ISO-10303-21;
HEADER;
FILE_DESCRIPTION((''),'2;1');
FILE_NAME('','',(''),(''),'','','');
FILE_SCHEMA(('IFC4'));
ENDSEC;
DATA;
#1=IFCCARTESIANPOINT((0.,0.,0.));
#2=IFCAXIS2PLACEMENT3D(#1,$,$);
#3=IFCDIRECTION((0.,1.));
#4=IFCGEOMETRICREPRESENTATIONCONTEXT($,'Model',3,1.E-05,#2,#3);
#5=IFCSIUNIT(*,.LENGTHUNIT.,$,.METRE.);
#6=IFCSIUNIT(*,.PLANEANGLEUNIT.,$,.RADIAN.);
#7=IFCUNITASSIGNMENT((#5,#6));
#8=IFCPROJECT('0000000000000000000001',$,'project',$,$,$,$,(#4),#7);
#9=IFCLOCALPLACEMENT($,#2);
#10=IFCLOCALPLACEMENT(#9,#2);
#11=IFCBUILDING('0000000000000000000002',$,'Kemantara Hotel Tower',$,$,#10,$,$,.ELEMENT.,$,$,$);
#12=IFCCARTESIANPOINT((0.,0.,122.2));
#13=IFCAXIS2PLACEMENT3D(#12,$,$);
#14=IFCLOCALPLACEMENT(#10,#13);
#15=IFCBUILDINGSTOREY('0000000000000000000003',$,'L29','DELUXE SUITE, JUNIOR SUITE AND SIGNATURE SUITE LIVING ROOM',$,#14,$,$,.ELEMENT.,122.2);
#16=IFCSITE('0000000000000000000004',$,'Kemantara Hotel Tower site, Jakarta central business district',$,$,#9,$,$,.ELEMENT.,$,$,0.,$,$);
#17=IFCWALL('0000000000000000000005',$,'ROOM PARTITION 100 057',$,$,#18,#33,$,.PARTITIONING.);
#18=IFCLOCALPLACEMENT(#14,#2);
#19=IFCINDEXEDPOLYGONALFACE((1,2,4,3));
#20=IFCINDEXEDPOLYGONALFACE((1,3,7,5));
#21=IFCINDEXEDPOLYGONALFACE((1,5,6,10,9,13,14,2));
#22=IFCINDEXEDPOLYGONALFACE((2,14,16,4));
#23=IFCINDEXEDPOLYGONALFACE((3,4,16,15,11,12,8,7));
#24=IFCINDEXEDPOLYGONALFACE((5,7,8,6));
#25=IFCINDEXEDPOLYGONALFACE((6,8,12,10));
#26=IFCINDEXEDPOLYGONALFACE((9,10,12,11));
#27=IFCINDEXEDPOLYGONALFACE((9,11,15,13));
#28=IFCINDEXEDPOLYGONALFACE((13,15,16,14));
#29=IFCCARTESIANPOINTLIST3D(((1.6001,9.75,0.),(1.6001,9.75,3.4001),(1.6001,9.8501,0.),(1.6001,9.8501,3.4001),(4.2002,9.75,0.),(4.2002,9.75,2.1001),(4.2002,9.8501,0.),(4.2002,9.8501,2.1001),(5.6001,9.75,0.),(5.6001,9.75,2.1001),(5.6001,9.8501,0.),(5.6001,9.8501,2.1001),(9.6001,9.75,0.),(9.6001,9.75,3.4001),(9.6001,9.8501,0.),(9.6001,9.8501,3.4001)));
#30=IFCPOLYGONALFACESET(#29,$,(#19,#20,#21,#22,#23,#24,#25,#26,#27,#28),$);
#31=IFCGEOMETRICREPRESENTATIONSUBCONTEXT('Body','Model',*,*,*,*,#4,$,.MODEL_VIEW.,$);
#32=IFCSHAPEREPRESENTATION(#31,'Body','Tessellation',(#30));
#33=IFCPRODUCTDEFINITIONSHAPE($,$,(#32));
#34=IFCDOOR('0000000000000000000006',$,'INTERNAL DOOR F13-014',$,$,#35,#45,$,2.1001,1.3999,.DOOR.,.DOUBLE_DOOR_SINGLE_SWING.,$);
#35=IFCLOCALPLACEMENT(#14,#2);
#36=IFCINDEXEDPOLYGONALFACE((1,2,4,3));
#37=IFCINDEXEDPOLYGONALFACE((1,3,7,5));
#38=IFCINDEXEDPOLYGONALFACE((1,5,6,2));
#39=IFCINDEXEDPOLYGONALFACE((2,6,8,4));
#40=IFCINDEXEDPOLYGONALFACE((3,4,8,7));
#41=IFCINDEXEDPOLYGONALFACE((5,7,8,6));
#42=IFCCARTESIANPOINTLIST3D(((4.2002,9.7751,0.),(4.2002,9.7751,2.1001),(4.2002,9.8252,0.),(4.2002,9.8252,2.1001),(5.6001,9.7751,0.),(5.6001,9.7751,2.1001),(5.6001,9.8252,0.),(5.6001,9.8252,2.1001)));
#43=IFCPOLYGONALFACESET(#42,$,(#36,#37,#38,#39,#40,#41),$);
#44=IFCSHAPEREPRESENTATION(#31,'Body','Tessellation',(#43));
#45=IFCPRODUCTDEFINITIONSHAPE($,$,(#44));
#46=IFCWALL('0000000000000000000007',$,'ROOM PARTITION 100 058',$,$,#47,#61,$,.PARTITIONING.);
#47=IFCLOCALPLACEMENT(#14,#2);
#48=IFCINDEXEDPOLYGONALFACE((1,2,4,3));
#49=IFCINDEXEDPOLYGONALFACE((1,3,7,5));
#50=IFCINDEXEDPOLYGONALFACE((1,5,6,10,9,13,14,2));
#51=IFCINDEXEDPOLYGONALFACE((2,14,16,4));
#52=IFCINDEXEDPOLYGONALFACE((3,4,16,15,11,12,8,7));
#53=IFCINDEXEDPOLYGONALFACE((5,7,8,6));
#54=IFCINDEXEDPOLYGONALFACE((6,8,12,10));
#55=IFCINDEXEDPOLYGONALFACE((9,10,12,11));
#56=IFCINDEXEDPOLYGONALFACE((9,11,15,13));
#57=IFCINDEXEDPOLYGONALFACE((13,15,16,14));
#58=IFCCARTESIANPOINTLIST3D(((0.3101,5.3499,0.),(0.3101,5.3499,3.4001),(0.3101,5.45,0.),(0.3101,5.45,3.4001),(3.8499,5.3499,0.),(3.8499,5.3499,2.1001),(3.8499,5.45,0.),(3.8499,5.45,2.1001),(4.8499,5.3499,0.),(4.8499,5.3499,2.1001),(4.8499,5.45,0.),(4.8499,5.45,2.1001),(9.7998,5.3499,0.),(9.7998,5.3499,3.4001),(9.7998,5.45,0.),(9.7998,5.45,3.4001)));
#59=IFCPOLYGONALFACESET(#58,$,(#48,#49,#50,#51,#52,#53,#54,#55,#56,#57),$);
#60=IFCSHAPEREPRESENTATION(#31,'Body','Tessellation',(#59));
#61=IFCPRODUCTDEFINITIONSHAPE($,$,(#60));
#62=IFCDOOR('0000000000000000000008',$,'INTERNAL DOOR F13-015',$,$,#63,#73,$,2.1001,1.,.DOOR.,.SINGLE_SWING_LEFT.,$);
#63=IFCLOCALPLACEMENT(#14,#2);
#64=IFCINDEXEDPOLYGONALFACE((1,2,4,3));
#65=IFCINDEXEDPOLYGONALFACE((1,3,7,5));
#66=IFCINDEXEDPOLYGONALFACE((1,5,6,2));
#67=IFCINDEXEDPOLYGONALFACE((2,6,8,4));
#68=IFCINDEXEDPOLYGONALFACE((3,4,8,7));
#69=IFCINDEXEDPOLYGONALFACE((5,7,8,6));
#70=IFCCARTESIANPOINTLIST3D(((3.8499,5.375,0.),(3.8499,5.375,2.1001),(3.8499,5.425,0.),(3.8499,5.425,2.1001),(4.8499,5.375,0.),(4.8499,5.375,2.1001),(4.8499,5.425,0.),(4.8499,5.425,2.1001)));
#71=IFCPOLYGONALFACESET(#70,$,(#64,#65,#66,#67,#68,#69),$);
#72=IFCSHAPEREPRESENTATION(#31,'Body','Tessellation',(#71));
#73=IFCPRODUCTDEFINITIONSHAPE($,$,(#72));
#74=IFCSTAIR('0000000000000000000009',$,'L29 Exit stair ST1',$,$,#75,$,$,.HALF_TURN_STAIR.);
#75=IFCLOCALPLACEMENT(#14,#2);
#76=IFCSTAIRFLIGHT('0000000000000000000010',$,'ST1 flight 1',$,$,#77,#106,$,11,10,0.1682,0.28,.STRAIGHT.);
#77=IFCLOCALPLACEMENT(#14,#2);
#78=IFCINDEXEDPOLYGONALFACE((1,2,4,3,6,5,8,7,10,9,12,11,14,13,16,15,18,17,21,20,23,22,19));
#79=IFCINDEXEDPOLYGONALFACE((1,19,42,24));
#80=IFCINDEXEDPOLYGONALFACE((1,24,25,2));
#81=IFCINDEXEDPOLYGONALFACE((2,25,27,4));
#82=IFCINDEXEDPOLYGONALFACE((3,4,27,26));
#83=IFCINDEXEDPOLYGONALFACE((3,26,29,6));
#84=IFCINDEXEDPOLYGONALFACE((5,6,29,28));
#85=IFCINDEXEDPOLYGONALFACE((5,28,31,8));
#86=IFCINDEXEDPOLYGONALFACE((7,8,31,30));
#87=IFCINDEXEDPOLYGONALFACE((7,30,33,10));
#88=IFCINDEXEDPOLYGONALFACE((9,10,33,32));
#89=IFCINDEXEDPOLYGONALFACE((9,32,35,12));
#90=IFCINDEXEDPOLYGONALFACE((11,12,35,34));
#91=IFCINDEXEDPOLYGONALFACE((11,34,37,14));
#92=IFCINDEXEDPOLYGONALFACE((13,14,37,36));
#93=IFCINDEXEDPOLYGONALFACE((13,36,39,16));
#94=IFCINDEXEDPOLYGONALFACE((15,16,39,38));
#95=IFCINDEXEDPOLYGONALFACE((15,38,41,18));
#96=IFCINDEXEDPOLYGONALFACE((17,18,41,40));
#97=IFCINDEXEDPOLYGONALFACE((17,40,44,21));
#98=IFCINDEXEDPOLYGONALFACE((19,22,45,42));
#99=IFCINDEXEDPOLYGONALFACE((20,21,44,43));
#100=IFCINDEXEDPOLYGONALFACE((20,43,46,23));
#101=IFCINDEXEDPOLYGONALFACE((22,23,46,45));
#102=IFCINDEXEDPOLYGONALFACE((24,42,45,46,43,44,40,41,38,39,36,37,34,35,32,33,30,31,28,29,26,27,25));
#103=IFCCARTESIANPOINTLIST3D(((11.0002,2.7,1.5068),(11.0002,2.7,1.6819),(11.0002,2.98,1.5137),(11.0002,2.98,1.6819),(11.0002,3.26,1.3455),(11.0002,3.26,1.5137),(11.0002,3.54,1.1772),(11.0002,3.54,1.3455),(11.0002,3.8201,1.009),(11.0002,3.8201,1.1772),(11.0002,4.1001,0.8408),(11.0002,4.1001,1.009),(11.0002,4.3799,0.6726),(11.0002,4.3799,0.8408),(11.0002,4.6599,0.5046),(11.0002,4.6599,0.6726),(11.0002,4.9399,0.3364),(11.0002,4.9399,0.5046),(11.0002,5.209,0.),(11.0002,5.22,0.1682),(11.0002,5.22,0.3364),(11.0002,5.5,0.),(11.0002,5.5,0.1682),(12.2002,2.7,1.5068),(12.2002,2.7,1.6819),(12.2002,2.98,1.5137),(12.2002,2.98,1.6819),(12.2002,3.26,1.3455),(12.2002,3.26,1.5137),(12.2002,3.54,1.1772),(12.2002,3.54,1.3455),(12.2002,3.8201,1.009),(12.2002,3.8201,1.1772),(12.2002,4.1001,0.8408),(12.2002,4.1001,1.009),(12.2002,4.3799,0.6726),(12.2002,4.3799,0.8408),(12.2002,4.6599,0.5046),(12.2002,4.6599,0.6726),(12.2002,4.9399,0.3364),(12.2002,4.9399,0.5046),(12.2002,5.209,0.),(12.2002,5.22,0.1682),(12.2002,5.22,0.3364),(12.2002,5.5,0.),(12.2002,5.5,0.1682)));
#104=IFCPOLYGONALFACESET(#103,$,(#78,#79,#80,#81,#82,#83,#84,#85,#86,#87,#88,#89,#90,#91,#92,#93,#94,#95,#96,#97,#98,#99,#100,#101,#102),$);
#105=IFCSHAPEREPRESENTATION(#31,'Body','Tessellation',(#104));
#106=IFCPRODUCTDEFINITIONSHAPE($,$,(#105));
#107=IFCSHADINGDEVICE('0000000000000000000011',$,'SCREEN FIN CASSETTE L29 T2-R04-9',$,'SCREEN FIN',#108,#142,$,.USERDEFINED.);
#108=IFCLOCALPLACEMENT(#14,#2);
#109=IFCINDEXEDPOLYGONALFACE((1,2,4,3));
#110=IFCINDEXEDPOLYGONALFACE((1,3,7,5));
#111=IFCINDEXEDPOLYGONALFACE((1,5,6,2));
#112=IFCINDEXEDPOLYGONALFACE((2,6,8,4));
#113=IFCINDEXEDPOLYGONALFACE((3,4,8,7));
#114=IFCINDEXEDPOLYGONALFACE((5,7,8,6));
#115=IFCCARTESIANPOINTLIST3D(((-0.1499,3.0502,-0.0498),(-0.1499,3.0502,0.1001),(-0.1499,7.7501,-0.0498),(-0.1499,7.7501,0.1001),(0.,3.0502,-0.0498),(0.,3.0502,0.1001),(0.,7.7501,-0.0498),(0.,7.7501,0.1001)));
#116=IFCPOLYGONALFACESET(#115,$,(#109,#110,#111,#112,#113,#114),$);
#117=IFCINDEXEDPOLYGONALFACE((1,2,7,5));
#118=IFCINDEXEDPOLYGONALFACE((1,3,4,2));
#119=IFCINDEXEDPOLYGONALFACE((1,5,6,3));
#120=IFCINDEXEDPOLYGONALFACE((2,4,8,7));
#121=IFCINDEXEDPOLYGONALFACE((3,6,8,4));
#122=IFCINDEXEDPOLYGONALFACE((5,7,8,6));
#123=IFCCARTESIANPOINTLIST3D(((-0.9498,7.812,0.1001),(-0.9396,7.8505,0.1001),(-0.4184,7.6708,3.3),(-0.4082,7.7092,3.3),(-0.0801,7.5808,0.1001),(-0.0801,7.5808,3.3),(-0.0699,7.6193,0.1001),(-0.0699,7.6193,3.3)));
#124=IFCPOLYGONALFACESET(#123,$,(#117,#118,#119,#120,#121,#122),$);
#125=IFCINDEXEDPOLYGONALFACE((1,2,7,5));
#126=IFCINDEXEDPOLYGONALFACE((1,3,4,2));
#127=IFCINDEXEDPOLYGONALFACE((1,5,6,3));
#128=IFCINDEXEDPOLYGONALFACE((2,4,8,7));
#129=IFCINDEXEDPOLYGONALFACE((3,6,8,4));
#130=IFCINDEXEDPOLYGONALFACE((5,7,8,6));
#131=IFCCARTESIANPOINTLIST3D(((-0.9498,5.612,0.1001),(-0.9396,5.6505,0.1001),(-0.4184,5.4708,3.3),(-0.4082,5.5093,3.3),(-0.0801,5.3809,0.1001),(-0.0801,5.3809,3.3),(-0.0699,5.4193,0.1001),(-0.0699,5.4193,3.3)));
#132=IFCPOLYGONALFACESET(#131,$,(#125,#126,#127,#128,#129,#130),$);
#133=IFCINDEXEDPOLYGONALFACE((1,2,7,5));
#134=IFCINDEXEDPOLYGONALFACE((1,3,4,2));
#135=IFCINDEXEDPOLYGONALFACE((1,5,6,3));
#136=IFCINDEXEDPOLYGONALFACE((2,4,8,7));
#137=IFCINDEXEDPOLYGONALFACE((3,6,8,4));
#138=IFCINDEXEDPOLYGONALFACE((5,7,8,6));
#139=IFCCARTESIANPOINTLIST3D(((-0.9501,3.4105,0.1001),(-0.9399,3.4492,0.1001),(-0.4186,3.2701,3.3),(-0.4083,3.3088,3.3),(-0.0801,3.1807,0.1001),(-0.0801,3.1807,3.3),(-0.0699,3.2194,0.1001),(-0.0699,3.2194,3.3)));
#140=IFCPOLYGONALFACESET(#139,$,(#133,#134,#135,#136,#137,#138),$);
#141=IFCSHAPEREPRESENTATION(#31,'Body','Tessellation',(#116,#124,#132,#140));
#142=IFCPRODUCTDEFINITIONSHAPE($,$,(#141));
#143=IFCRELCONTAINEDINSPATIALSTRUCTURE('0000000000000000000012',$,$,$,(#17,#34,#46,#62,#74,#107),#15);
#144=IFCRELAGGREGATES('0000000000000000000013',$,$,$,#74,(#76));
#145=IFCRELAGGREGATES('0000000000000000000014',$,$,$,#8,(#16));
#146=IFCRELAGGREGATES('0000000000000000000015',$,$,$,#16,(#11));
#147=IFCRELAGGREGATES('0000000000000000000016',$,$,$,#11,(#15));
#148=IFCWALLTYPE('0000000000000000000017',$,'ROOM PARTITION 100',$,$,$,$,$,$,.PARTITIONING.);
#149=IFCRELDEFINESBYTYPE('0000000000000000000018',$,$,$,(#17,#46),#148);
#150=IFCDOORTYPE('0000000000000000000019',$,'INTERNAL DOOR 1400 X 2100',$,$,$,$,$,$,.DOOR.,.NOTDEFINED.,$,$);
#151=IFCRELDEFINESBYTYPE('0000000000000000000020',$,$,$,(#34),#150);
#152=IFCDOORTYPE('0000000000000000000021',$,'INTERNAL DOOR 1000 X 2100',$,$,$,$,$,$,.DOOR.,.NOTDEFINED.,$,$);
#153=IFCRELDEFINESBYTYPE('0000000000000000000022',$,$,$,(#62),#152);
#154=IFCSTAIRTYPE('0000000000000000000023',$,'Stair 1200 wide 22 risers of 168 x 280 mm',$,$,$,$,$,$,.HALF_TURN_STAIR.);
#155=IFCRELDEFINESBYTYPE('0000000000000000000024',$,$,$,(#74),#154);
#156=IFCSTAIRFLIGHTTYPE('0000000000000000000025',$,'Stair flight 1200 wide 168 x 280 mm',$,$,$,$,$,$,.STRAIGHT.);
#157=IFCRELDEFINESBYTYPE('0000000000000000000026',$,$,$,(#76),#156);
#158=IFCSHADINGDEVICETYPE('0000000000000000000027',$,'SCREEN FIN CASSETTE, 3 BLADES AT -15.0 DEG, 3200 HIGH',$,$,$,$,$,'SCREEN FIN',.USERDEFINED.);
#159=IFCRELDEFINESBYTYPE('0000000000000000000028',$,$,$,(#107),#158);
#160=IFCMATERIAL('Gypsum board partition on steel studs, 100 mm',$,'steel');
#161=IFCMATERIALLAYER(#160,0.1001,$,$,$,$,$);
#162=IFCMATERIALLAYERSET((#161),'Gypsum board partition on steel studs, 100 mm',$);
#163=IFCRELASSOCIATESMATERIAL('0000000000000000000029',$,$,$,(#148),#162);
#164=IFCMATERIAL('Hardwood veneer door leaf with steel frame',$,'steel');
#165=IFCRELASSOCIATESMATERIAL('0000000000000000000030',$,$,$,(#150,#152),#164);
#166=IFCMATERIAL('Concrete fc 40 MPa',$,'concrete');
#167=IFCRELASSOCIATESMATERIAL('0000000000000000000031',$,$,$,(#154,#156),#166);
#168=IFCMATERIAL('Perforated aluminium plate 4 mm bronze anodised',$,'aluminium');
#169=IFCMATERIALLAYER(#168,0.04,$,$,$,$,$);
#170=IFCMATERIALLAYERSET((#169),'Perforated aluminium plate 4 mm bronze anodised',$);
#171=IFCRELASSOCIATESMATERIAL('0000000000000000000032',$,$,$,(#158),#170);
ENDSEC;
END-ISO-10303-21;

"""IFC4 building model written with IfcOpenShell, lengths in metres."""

from ifc_helpers import new_model, si_unit, direction, frame, frame_2d, origin, origin_2d, place, context, subcontext, project, spatial, polyline, rectangle, outline, extrude, source, transform, mapped, material, layer, layer_set, type_object, element, fill, aggregate, save


model = new_model("IFC4")

# Units and contexts
model_context = context("Model", 3, precision=1e-05, world=origin(), true_north=direction((0.0, 1.0)))
body_context = subcontext(model_context, "Body", "Model", "MODEL_VIEW")
ifc_project = project(units=[si_unit("LENGTHUNIT", "METRE"), si_unit("PLANEANGLEUNIT", "RADIAN")], contexts=[model_context])

# Site, building, storey
site_placement = place(None, origin())
site = spatial("IfcSite", under=ifc_project, at=site_placement, Name="Kemantara Hotel Tower site, Jakarta central business district", CompositionType="ELEMENT", RefElevation=0.0)
building_placement = place(site_placement, origin())
building = spatial("IfcBuilding", under=site, at=building_placement, Name="Kemantara Hotel Tower", CompositionType="ELEMENT")
storey_placement = place(building_placement, frame((0.0, 0.0, 122.2)))
storey = spatial("IfcBuildingStorey", under=building, at=storey_placement, Name="L29", Description="DELUXE SUITE, JUNIOR SUITE AND SIGNATURE SUITE LIVING ROOM", CompositionType="ELEMENT", Elevation=122.2)

# Walls, openings, doors
ifc_material_1 = material(Name="Gypsum board partition on steel studs, 100 mm", Category="steel")
ifc_layer_1 = layer(ifc_material_1, 0.1001)
ifc_layer_set_1 = layer_set([ifc_layer_1], Name="Gypsum board partition on steel studs, 100 mm")
wall_type_1 = type_object("IfcWallType", Name="ROOM PARTITION 100", PredefinedType="PARTITIONING", material=ifc_layer_set_1)
wall_1_placement = place(storey_placement, frame((9.6001, 9.8, 0.0), z_axis=(0.0, 0.0, 1.0), x_axis=(-1.0, 0.0, 0.0)))
wall_1 = element("IfcWall", 1, at=wall_1_placement, inside=storey, type_object=wall_type_1, Name="ROOM PARTITION 100 057", PredefinedType="PARTITIONING", context=body_context, shape_type="SweptSolid", body=[
    extrude(rectangle(XDim=8.0, YDim=0.1001, at=frame_2d((4.0, 0.0))), origin(), (0.0, 0.0, 1.0), 3.4001),
])
opening_1_placement = place(wall_1_placement, frame((4.0, 0.0, 0.0)))
opening_1 = element("IfcOpeningElement", 2, at=opening_1_placement, cuts=wall_1, PredefinedType="OPENING", context=body_context, shape_type="SweptSolid", body=[
    extrude(rectangle(XDim=1.3999, YDim=2.1001, at=frame_2d((0.7, 1.05))), frame((0.0, 0.0601, 0.0), z_axis=(0.0, -1.0, 0.0), x_axis=(1.0, 0.0, 0.0)), (0.0, 0.0, 1.0), 0.1201),
])
ifc_material_2 = material(Name="Hardwood veneer door leaf with steel frame", Category="steel")
door_type_1 = type_object("IfcDoorType", Name="INTERNAL DOOR 1400 X 2100", OperationType="NOTDEFINED", PredefinedType="DOOR", material=ifc_material_2)
door_1_placement = place(opening_1_placement, origin())
door_1 = element("IfcDoor", 3, at=door_1_placement, inside=storey, type_object=door_type_1, Name="INTERNAL DOOR F13-014", OperationType="DOUBLE_DOOR_SINGLE_SWING", OverallHeight=2.1001, OverallWidth=1.3999, PredefinedType="DOOR", context=body_context, shape_type="SweptSolid", body=[
    extrude(rectangle(XDim=1.3999, YDim=2.1001, at=frame_2d((0.7, 1.05))), frame((0.0, 0.0249, 0.0), z_axis=(0.0, -1.0, 0.0), x_axis=(1.0, 0.0, 0.0)), (0.0, 0.0, 1.0), 0.05),
])
fill(opening_1, door_1)
wall_2_placement = place(storey_placement, frame((9.7998, 5.3999, 0.0), z_axis=(0.0, 0.0, 1.0), x_axis=(-1.0, 0.0, 0.0)))
wall_2 = element("IfcWall", 4, at=wall_2_placement, inside=storey, type_object=wall_type_1, Name="ROOM PARTITION 100 058", PredefinedType="PARTITIONING", context=body_context, shape_type="SweptSolid", body=[
    extrude(rectangle(XDim=9.4897, YDim=0.1001, at=frame_2d((4.7449, 0.0))), origin(), (0.0, 0.0, 1.0), 3.4001),
])
opening_2_placement = place(wall_2_placement, frame((4.95, 0.0, 0.0)))
opening_2 = element("IfcOpeningElement", 5, at=opening_2_placement, cuts=wall_2, PredefinedType="OPENING", context=body_context, shape_type="SweptSolid", body=[
    extrude(rectangle(XDim=1.0, YDim=2.1001, at=frame_2d((0.5, 1.05))), frame((0.0, 0.0601, 0.0), z_axis=(0.0, -1.0, 0.0), x_axis=(1.0, 0.0, 0.0)), (0.0, 0.0, 1.0), 0.1201),
])
door_type_2 = type_object("IfcDoorType", Name="INTERNAL DOOR 1000 X 2100", OperationType="NOTDEFINED", PredefinedType="DOOR", material=ifc_material_2)
door_2_placement = place(opening_2_placement, origin())
door_2 = element("IfcDoor", 6, at=door_2_placement, inside=storey, type_object=door_type_2, Name="INTERNAL DOOR F13-015", OperationType="SINGLE_SWING_LEFT", OverallHeight=2.1001, OverallWidth=1.0, PredefinedType="DOOR", context=body_context, shape_type="SweptSolid", body=[
    extrude(rectangle(XDim=1.0, YDim=2.1001, at=frame_2d((0.5, 1.05))), frame((0.0, 0.0249, 0.0), z_axis=(0.0, -1.0, 0.0), x_axis=(1.0, 0.0, 0.0)), (0.0, 0.0, 1.0), 0.05),
])
fill(opening_2, door_2)

# Stair, stair flight
ifc_material_3 = material(Name="Concrete fc 40 MPa", Category="concrete")
stair_type = type_object("IfcStairType", Name="Stair 1200 wide 22 risers of 168 x 280 mm", PredefinedType="HALF_TURN_STAIR", material=ifc_material_3)
stair_placement = place(storey_placement, origin())
stair = element("IfcStair", 7, at=stair_placement, inside=storey, type_object=stair_type, Name="L29 Exit stair ST1", PredefinedType="HALF_TURN_STAIR")
stair_flight_type = type_object("IfcStairFlightType", Name="Stair flight 1200 wide 168 x 280 mm", PredefinedType="STRAIGHT", material=ifc_material_3)
stair_flight_placement = place(storey_placement, frame((11.6001, 5.5, 0.0), z_axis=(0.0, 0.0, 1.0), x_axis=(0.0, -1.0, 0.0)))
stair_flight = element("IfcStairFlight", 8, at=stair_flight_placement, type_object=stair_flight_type, Name="ST1 flight 1", NumberOfRisers=11, NumberOfTreads=10, PredefinedType="STRAIGHT", RiserHeight=0.1682, TreadLength=0.28, context=body_context, shape_type="SweptSolid", body=[
    extrude(outline(polyline([(0.0, 0.0), (0.0, 0.1682), (0.28, 0.1682), (0.28, 0.3364), (0.5601, 0.3364), (0.5601, 0.5046), (0.8401, 0.5046), (0.8401, 0.6726), (1.1201, 0.6726), (1.1201, 0.8408), (1.3999, 0.8408), (1.3999, 1.009), (1.6799, 1.009), (1.6799, 1.1772), (1.96, 1.1772), (1.96, 1.3455), (2.24, 1.3455), (2.24, 1.5137), (2.52, 1.5137), (2.52, 1.6819), (2.8, 1.6819), (2.8, 1.8501), (2.8, 1.5068), (0.291, 0.0), (0.0, 0.0)])), frame((0.0, 0.6001, 0.0), z_axis=(0.0, -1.0, 0.0), x_axis=(1.0, 0.0, 0.0)), (0.0, 0.0, 1.0), 1.2),
])
aggregate(stair, [stair_flight])

# Shading device
ifc_material_4 = material(Name="Perforated aluminium plate 4 mm bronze anodised", Category="aluminium")
ifc_layer_2 = layer(ifc_material_4, 0.04)
ifc_layer_set_2 = layer_set([ifc_layer_2], Name="Perforated aluminium plate 4 mm bronze anodised")
shading_device_type = type_object("IfcShadingDeviceType", Name="SCREEN FIN CASSETTE, 3 BLADES AT -15.0 DEG, 3200 HIGH", ElementType="SCREEN FIN", PredefinedType="USERDEFINED", material=ifc_layer_set_2)
shared_shape = source(origin(), body_context, "Body", "SweptSolid", [
    extrude(rectangle(XDim=4.7, YDim=0.1499, at=origin_2d()), frame((2.2, -0.075, -0.1499), z_axis=(0.0, 0.0, 1.0), x_axis=(1.0, 0.0, 0.0)), (0.0, 0.0, 1.0), 0.1499),
    extrude(outline(polyline([(0.0, 0.0), (0.8999, 0.0), (0.3501, 3.2), (0.0, 3.2), (0.0, 0.0)])), frame((0.0193, -0.0801, 0.0), z_axis=(-0.966438, 0.256901, 0.0), x_axis=(-0.256901, -0.966438, 0.0)), (0.0, 0.0, 1.0), 0.0398),
    extrude(outline(polyline([(0.0, 0.0), (0.8999, 0.0), (0.3501, 3.2), (0.0, 3.2), (0.0, 0.0)])), frame((2.2192, -0.0801, 0.0), z_axis=(-0.966438, 0.256901, 0.0), x_axis=(-0.256901, -0.966438, 0.0)), (0.0, 0.0, 1.0), 0.0398),
    extrude(outline(polyline([(0.0, 0.0), (0.8999, 0.0), (0.3501, 3.2), (0.0, 3.2), (0.0, 0.0)])), frame((4.4194, -0.0801, 0.0), z_axis=(-0.966838, 0.255391, 0.0), x_axis=(-0.255391, -0.966838, 0.0)), (0.0, 0.0, 1.0), 0.04),
])
shading_device_placement = place(storey_placement, frame((0.0, 7.6001, 0.1001), z_axis=(0.0, 0.0, 1.0), x_axis=(0.0, -1.0, 0.0)))
element("IfcShadingDevice", 9, at=shading_device_placement, inside=storey, type_object=shading_device_type, Name="SCREEN FIN CASSETTE L29 T2-R04-9", ObjectType="SCREEN FIN", PredefinedType="USERDEFINED", context=body_context, shape_type="MappedRepresentation", body=[
    mapped(shared_shape, transform((0.0, 0.0, 0.0))),
])

save(model, "model.ifc")
